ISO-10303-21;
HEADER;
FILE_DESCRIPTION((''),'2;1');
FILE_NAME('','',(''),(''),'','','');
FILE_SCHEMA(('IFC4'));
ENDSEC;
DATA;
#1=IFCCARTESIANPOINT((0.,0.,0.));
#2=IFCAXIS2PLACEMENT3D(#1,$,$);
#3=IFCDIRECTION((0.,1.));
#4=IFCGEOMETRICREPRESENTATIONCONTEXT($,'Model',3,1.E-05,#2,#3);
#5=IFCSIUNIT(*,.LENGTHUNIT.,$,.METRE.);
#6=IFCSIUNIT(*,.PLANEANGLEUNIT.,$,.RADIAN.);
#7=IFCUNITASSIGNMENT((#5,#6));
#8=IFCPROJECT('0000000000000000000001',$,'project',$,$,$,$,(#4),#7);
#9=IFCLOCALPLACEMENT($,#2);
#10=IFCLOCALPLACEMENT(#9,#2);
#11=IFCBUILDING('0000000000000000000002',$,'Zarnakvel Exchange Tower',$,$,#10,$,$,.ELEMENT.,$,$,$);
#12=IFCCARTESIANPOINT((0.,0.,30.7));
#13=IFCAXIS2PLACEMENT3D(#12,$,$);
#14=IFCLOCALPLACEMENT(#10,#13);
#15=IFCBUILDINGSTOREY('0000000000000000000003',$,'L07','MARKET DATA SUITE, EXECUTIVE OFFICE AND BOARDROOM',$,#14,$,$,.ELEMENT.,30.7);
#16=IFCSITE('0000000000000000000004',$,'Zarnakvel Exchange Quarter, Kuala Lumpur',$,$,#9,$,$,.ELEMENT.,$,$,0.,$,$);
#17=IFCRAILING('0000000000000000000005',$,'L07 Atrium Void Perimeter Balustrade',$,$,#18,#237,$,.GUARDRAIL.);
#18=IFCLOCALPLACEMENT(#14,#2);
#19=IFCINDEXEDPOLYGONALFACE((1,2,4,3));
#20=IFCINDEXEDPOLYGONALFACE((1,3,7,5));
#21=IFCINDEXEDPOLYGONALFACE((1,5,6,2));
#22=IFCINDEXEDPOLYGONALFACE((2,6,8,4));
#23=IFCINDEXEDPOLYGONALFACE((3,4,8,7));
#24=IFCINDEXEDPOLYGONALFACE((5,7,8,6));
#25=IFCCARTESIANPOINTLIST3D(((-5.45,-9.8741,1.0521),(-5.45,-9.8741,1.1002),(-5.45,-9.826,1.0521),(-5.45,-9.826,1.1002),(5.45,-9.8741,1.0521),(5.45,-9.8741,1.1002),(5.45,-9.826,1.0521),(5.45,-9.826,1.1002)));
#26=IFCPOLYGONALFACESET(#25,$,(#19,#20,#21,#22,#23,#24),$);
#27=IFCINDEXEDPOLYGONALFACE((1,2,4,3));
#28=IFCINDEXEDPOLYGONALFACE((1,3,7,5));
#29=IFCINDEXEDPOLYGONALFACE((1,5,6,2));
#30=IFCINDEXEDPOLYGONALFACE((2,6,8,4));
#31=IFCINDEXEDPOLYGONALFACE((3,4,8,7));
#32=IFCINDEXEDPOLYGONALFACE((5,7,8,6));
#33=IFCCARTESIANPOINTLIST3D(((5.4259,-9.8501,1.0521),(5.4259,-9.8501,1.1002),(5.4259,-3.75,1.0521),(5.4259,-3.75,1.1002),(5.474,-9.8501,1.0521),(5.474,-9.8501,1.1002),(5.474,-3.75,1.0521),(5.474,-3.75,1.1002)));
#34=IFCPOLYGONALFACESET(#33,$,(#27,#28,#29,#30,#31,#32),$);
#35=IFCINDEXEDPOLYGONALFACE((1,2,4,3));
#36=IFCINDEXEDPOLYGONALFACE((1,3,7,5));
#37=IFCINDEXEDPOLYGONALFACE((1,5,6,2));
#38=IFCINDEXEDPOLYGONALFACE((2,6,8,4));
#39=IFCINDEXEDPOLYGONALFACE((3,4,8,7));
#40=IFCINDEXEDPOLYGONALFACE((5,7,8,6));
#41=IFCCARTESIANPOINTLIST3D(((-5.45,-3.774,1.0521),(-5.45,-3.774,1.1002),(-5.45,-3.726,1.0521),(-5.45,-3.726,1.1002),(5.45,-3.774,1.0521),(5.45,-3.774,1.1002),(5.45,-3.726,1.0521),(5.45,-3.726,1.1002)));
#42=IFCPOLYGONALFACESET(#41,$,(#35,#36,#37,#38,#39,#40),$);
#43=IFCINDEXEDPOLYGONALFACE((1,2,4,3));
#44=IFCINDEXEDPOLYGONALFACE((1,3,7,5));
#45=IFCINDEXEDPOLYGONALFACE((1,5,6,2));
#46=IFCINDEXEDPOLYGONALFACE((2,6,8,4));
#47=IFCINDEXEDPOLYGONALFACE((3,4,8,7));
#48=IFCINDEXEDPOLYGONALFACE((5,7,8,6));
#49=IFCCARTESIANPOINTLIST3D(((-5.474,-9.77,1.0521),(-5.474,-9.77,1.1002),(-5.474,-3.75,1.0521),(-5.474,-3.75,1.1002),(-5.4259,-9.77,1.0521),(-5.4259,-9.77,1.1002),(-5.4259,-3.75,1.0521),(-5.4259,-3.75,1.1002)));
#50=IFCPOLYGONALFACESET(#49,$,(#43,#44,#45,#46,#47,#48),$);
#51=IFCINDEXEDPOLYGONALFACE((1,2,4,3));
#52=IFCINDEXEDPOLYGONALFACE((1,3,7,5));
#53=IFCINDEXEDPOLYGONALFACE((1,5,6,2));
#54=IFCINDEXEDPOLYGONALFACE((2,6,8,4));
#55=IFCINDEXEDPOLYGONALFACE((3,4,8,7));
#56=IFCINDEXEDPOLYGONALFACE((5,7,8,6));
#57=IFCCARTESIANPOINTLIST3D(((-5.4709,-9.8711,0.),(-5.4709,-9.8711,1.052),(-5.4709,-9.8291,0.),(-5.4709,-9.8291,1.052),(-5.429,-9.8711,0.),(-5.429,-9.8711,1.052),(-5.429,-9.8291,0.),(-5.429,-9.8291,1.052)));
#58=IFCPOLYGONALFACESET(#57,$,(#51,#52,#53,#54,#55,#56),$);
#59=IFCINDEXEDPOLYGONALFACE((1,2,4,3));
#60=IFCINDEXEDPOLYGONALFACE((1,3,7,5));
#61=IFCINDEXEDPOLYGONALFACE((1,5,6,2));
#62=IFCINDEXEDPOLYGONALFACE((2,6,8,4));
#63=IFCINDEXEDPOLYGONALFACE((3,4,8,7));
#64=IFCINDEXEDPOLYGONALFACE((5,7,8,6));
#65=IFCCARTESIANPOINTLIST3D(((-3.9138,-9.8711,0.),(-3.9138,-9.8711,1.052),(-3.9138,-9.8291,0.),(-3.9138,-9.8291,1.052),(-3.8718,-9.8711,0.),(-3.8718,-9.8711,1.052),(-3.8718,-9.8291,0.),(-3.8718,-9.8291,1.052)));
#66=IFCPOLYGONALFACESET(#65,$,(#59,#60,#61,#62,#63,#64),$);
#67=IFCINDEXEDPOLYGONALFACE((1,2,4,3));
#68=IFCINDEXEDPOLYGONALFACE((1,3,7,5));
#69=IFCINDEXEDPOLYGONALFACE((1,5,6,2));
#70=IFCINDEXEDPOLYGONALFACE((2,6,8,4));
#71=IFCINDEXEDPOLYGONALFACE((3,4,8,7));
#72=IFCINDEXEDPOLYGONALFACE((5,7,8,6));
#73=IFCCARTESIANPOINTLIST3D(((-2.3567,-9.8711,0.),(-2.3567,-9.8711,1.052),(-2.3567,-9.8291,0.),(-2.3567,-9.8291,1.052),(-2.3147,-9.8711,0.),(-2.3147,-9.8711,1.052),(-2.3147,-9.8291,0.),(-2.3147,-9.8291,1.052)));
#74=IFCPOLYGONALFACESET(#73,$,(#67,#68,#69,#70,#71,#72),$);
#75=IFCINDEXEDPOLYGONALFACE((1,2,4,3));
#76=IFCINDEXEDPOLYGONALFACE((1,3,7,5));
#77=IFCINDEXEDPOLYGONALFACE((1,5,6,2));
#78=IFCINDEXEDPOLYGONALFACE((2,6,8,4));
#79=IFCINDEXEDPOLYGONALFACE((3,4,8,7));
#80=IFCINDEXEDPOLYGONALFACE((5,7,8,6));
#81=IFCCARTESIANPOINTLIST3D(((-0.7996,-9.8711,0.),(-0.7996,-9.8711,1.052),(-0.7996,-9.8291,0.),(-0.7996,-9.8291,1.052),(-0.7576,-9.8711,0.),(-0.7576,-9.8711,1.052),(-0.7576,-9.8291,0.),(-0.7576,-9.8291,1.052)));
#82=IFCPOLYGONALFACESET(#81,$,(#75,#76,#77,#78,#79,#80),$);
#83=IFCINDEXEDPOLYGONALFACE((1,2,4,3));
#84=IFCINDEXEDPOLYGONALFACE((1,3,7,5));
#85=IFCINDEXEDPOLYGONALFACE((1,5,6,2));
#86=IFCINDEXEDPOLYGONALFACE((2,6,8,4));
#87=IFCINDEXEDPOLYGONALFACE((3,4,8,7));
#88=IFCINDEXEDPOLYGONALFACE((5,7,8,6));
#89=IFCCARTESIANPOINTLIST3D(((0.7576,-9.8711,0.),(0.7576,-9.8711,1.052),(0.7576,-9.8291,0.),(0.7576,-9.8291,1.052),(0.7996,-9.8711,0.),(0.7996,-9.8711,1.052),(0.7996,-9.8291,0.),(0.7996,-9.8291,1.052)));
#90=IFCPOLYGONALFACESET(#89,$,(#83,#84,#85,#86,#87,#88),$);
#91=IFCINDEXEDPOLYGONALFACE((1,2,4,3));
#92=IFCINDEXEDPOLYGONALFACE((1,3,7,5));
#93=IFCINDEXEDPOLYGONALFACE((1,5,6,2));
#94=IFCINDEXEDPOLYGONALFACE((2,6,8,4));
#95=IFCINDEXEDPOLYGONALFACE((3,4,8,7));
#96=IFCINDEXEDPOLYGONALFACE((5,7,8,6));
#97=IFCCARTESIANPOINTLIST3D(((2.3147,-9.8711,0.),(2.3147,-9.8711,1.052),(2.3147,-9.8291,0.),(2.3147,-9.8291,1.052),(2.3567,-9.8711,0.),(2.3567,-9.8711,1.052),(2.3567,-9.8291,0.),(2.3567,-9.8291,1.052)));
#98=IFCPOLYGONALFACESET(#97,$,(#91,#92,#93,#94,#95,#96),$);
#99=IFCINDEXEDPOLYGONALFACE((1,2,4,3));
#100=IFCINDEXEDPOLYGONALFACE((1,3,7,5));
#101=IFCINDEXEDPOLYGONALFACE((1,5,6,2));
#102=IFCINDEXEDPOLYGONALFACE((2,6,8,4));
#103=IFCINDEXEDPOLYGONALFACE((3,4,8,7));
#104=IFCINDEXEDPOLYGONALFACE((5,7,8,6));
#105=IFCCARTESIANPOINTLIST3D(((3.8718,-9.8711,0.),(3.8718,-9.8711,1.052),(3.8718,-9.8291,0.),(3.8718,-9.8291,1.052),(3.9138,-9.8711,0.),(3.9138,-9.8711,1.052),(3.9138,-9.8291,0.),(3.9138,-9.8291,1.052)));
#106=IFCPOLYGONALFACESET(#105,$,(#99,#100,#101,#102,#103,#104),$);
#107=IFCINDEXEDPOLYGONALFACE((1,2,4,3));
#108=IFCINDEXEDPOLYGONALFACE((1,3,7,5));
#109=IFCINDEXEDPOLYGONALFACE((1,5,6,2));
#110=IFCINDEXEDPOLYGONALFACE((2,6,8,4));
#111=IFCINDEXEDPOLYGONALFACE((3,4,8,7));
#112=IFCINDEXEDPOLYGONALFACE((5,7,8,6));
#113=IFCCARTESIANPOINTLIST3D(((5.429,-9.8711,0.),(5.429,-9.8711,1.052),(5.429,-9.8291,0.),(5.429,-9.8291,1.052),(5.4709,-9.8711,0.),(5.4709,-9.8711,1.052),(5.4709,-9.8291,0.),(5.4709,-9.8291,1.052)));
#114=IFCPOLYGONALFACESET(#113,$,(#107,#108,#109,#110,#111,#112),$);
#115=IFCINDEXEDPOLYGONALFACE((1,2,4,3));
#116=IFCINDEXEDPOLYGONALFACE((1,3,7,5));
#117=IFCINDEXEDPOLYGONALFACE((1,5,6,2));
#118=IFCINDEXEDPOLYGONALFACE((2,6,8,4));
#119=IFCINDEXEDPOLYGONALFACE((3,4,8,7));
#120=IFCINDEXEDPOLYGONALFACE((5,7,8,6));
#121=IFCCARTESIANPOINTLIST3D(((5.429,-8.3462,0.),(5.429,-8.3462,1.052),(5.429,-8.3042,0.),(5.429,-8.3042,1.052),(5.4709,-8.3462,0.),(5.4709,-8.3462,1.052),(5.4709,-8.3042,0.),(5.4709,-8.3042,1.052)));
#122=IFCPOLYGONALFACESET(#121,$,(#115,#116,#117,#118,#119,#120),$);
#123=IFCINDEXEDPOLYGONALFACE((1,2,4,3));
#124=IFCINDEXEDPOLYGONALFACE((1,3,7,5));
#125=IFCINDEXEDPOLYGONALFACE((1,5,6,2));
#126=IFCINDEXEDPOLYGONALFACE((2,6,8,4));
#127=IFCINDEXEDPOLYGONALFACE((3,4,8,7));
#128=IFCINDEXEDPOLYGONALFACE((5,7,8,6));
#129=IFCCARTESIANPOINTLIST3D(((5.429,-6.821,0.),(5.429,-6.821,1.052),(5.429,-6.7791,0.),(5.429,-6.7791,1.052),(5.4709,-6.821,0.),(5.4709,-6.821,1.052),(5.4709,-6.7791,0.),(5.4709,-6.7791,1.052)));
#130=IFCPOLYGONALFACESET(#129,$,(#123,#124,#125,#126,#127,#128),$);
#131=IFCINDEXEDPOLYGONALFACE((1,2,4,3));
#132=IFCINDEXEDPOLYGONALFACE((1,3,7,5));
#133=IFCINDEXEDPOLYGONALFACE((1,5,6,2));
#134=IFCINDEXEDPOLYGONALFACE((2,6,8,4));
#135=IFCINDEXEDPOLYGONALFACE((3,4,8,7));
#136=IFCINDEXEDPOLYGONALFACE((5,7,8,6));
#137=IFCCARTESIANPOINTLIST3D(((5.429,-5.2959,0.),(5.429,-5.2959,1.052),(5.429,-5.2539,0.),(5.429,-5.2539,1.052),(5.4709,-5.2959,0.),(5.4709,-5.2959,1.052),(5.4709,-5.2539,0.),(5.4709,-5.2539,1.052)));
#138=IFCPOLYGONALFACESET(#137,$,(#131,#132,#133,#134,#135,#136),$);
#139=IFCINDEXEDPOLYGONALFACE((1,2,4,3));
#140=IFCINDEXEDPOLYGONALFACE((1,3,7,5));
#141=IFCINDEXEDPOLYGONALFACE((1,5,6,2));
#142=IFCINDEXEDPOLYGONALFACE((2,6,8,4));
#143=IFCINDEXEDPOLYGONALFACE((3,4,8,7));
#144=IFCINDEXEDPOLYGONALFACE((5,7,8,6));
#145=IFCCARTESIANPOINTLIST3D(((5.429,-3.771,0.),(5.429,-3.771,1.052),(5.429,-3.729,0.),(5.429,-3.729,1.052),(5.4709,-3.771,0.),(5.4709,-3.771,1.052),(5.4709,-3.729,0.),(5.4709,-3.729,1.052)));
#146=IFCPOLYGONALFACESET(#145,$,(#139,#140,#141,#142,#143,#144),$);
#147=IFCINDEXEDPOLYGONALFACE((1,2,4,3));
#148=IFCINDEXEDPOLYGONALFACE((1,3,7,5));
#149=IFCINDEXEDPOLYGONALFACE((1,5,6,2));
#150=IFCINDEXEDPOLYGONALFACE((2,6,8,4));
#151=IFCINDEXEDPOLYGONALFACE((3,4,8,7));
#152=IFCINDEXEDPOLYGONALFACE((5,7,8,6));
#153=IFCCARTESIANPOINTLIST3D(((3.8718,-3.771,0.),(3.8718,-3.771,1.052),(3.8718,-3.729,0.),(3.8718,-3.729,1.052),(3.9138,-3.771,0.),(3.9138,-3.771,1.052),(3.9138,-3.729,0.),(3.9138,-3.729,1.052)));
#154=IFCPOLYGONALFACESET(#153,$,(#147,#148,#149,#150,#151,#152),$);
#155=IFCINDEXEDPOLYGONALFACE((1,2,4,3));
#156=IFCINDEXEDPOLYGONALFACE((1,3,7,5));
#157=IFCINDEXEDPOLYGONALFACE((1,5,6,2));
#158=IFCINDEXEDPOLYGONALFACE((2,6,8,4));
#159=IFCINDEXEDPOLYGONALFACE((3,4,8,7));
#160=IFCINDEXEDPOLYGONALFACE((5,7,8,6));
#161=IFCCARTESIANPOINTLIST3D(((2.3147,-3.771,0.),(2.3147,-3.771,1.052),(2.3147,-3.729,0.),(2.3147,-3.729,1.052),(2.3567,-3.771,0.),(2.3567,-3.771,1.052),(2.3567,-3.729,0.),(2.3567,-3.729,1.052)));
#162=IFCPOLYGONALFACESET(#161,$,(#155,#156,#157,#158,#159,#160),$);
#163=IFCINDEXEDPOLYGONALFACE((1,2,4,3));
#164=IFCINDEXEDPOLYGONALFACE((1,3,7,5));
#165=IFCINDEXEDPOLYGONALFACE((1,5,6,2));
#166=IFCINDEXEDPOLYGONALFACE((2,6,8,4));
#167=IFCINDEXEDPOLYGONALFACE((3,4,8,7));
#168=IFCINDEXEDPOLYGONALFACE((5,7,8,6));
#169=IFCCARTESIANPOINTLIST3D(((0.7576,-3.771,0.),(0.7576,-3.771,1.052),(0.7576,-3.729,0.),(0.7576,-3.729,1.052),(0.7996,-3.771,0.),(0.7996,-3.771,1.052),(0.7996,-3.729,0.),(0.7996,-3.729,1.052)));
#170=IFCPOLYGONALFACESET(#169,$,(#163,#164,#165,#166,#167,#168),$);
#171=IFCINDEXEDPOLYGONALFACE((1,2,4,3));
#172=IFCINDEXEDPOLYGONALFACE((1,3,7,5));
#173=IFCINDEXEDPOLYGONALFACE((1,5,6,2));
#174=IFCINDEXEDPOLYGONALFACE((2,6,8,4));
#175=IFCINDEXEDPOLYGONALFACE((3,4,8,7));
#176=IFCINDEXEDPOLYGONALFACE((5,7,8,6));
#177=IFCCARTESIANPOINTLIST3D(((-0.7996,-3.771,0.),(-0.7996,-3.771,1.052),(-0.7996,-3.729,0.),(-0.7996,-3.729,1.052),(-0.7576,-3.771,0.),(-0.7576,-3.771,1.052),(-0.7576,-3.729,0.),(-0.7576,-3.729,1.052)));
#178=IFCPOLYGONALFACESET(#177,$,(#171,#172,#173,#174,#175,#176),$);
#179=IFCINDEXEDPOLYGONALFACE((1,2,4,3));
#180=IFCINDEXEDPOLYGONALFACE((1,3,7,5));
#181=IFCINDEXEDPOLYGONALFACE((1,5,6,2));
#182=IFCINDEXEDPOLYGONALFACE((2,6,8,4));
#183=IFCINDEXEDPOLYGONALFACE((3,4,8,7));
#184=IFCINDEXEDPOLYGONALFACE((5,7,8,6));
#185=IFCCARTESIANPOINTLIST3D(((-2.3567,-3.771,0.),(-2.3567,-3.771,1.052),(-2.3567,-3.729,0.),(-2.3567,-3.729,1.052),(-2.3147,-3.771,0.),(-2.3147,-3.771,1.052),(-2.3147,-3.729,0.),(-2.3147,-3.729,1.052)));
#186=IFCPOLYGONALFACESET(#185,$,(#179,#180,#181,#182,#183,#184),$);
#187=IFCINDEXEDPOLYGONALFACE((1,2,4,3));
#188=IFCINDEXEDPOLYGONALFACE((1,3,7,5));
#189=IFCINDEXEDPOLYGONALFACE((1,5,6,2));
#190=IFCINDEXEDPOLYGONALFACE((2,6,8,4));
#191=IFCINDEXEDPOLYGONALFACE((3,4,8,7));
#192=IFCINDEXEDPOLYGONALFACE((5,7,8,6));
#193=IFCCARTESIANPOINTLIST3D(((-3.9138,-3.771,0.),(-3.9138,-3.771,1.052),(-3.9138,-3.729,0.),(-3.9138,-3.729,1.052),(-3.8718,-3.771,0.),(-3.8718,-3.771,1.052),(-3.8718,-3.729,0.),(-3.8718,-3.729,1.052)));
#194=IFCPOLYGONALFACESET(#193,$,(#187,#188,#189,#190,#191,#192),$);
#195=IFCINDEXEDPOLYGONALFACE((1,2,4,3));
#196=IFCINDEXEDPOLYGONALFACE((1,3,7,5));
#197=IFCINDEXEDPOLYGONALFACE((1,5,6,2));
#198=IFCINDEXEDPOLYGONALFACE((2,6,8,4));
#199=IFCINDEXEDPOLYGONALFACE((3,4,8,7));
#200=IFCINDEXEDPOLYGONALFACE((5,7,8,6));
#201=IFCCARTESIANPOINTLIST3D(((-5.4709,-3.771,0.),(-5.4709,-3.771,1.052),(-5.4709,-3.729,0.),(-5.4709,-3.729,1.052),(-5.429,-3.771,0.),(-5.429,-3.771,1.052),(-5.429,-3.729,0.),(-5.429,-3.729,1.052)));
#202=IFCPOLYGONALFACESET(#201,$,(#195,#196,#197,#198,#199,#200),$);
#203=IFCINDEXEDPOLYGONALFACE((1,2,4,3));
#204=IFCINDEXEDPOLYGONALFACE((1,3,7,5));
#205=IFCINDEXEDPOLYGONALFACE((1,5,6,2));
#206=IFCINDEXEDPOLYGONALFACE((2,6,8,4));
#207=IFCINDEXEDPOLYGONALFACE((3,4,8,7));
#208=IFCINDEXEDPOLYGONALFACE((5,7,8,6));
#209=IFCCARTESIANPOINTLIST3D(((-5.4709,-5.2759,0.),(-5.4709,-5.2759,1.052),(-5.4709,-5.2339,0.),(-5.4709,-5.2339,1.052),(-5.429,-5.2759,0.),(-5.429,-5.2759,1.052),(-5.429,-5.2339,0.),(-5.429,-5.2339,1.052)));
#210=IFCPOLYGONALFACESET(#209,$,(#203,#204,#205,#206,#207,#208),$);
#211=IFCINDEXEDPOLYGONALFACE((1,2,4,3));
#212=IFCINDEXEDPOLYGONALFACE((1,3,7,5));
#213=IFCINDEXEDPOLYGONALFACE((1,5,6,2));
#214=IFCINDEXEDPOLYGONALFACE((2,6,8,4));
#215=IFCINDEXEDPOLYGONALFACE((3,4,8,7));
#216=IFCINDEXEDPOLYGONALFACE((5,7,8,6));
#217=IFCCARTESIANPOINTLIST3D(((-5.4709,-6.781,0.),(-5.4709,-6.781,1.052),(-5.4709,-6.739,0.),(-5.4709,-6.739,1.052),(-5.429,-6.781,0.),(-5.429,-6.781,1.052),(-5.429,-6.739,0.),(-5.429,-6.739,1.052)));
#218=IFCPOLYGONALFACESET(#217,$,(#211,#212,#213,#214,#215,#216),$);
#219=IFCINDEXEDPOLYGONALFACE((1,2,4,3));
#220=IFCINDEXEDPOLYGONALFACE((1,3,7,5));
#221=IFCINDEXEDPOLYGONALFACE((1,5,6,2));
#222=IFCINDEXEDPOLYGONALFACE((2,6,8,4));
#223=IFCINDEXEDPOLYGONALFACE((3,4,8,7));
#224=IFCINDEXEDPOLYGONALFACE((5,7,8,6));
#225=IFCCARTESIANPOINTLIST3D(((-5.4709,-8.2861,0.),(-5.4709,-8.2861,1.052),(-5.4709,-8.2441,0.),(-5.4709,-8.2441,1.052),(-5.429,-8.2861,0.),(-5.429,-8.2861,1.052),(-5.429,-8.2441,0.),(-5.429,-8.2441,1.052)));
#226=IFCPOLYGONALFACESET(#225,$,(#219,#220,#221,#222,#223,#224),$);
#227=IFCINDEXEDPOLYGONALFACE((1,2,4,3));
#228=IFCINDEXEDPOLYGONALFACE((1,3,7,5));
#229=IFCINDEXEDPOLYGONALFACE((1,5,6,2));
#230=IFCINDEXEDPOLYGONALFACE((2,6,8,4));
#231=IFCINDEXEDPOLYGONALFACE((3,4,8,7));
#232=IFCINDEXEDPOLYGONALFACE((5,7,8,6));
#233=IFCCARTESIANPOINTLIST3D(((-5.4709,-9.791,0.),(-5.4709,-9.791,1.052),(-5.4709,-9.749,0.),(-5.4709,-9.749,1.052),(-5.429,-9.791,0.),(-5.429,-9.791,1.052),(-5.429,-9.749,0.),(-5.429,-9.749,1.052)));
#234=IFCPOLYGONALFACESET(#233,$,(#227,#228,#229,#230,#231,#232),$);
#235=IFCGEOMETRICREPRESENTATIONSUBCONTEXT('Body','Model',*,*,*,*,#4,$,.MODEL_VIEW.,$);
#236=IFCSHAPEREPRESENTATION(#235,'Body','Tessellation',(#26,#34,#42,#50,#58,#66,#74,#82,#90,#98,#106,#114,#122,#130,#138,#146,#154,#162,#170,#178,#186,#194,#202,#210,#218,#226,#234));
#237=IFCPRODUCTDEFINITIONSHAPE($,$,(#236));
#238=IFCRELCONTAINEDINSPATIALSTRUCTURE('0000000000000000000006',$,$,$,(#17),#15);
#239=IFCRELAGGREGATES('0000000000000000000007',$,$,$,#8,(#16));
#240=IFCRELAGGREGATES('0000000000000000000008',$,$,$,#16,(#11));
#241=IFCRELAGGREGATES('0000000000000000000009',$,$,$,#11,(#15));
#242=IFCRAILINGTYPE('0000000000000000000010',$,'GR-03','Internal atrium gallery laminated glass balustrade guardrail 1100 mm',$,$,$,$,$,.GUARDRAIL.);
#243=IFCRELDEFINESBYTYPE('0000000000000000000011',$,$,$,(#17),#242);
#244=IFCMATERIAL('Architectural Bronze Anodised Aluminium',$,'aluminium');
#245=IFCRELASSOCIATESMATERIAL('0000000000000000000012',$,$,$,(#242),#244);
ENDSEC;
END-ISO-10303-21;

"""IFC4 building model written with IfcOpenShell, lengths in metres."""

from ifc_helpers import new_model, si_unit, direction, frame, origin, origin_2d, place, context, subcontext, project, spatial, rectangle, extrude, material, type_object, element, save


model = new_model("IFC4")

# Units and contexts
model_context = context("Model", 3, precision=1e-05, world=origin(), true_north=direction((0.0, 1.0)))
body_context = subcontext(model_context, "Body", "Model", "MODEL_VIEW")
ifc_project = project(units=[si_unit("LENGTHUNIT", "METRE"), si_unit("PLANEANGLEUNIT", "RADIAN")], contexts=[model_context])

# Site, building, storey
site_placement = place(None, origin())
site = spatial("IfcSite", under=ifc_project, at=site_placement, Name="Zarnakvel Exchange Quarter, Kuala Lumpur", CompositionType="ELEMENT", RefElevation=0.0)
building_placement = place(site_placement, origin())
building = spatial("IfcBuilding", under=site, at=building_placement, Name="Zarnakvel Exchange Tower", CompositionType="ELEMENT")
storey_placement = place(building_placement, frame((0.0, 0.0, 30.7)))
storey = spatial("IfcBuildingStorey", under=building, at=storey_placement, Name="L07", Description="MARKET DATA SUITE, EXECUTIVE OFFICE AND BOARDROOM", CompositionType="ELEMENT", Elevation=30.7)

# Shared definitions
ifc_material_1 = material(Name="Architectural Bronze Anodised Aluminium", Category="aluminium")

# Railing
railing_type_1 = type_object("IfcRailingType", Name="GR-03", Description="Internal atrium gallery laminated glass balustrade guardrail 1100 mm", PredefinedType="GUARDRAIL", material=ifc_material_1)
railing_1_placement = place(storey_placement, frame((-5.45, -9.8501, 0.0)))
element("IfcRailing", 1, at=railing_1_placement, inside=storey, type_object=railing_type_1, Name="L07 Atrium Void Perimeter Balustrade", PredefinedType="GUARDRAIL", context=body_context, shape_type="SweptSolid", body=[
    extrude(rectangle(XDim=0.0481, YDim=0.0481, at=origin_2d()), frame((0.0, 0.0, 1.0762), z_axis=(1.0, 0.0, 0.0), x_axis=(0.0, 1.0, 0.0)), (0.0, 0.0, 1.0), 10.8999),
    extrude(rectangle(XDim=0.0481, YDim=0.0481, at=origin_2d()), frame((10.8999, 0.0, 1.0762), z_axis=(0.0, 1.0, 0.0), x_axis=(-1.0, 0.0, 0.0)), (0.0, 0.0, 1.0), 6.1001),
    extrude(rectangle(XDim=0.0481, YDim=0.0481, at=origin_2d()), frame((10.8999, 6.1001, 1.0762), z_axis=(-1.0, 0.0, 0.0), x_axis=(0.0, -1.0, 0.0)), (0.0, 0.0, 1.0), 10.8999),
    extrude(rectangle(XDim=0.0481, YDim=0.0481, at=origin_2d()), frame((0.0, 6.1001, 1.0762), z_axis=(0.0, -1.0, 0.0), x_axis=(1.0, 0.0, 0.0)), (0.0, 0.0, 1.0), 6.02),
    extrude(rectangle(XDim=0.042, YDim=0.042, at=origin_2d()), origin(), (0.0, 0.0, 1.0), 1.052),
    extrude(rectangle(XDim=0.042, YDim=0.042, at=origin_2d()), frame((1.5571, 0.0, 0.0)), (0.0, 0.0, 1.0), 1.052),
    extrude(rectangle(XDim=0.042, YDim=0.042, at=origin_2d()), frame((3.1143, 0.0, 0.0)), (0.0, 0.0, 1.0), 1.052),
    extrude(rectangle(XDim=0.042, YDim=0.042, at=origin_2d()), frame((4.6714, 0.0, 0.0)), (0.0, 0.0, 1.0), 1.052),
    extrude(rectangle(XDim=0.042, YDim=0.042, at=origin_2d()), frame((6.2285, 0.0, 0.0)), (0.0, 0.0, 1.0), 1.052),
    extrude(rectangle(XDim=0.042, YDim=0.042, at=origin_2d()), frame((7.7856, 0.0, 0.0)), (0.0, 0.0, 1.0), 1.052),
    extrude(rectangle(XDim=0.042, YDim=0.042, at=origin_2d()), frame((9.3428, 0.0, 0.0)), (0.0, 0.0, 1.0), 1.052),
    extrude(rectangle(XDim=0.042, YDim=0.042, at=origin_2d()), frame((10.8999, 0.0, 0.0)), (0.0, 0.0, 1.0), 1.052),
    extrude(rectangle(XDim=0.042, YDim=0.042, at=origin_2d()), frame((10.8999, 1.5249, 0.0)), (0.0, 0.0, 1.0), 1.052),
    extrude(rectangle(XDim=0.042, YDim=0.042, at=origin_2d()), frame((10.8999, 3.05, 0.0)), (0.0, 0.0, 1.0), 1.052),
    extrude(rectangle(XDim=0.042, YDim=0.042, at=origin_2d()), frame((10.8999, 4.5752, 0.0)), (0.0, 0.0, 1.0), 1.052),
    extrude(rectangle(XDim=0.042, YDim=0.042, at=origin_2d()), frame((10.8999, 6.1001, 0.0)), (0.0, 0.0, 1.0), 1.052),
    extrude(rectangle(XDim=0.042, YDim=0.042, at=origin_2d()), frame((9.3428, 6.1001, 0.0)), (0.0, 0.0, 1.0), 1.052),
    extrude(rectangle(XDim=0.042, YDim=0.042, at=origin_2d()), frame((7.7856, 6.1001, 0.0)), (0.0, 0.0, 1.0), 1.052),
    extrude(rectangle(XDim=0.042, YDim=0.042, at=origin_2d()), frame((6.2285, 6.1001, 0.0)), (0.0, 0.0, 1.0), 1.052),
    extrude(rectangle(XDim=0.042, YDim=0.042, at=origin_2d()), frame((4.6714, 6.1001, 0.0)), (0.0, 0.0, 1.0), 1.052),
    extrude(rectangle(XDim=0.042, YDim=0.042, at=origin_2d()), frame((3.1143, 6.1001, 0.0)), (0.0, 0.0, 1.0), 1.052),
    extrude(rectangle(XDim=0.042, YDim=0.042, at=origin_2d()), frame((1.5571, 6.1001, 0.0)), (0.0, 0.0, 1.0), 1.052),
    extrude(rectangle(XDim=0.042, YDim=0.042, at=origin_2d()), frame((0.0, 6.1001, 0.0)), (0.0, 0.0, 1.0), 1.052),
    extrude(rectangle(XDim=0.042, YDim=0.042, at=origin_2d()), frame((0.0, 4.5952, 0.0)), (0.0, 0.0, 1.0), 1.052),
    extrude(rectangle(XDim=0.042, YDim=0.042, at=origin_2d()), frame((0.0, 3.0901, 0.0)), (0.0, 0.0, 1.0), 1.052),
    extrude(rectangle(XDim=0.042, YDim=0.042, at=origin_2d()), frame((0.0, 1.585, 0.0)), (0.0, 0.0, 1.0), 1.052),
    extrude(rectangle(XDim=0.042, YDim=0.042, at=origin_2d()), frame((0.0, 0.0801, 0.0)), (0.0, 0.0, 1.0), 1.052),
])

save(model, "model.ifc")
